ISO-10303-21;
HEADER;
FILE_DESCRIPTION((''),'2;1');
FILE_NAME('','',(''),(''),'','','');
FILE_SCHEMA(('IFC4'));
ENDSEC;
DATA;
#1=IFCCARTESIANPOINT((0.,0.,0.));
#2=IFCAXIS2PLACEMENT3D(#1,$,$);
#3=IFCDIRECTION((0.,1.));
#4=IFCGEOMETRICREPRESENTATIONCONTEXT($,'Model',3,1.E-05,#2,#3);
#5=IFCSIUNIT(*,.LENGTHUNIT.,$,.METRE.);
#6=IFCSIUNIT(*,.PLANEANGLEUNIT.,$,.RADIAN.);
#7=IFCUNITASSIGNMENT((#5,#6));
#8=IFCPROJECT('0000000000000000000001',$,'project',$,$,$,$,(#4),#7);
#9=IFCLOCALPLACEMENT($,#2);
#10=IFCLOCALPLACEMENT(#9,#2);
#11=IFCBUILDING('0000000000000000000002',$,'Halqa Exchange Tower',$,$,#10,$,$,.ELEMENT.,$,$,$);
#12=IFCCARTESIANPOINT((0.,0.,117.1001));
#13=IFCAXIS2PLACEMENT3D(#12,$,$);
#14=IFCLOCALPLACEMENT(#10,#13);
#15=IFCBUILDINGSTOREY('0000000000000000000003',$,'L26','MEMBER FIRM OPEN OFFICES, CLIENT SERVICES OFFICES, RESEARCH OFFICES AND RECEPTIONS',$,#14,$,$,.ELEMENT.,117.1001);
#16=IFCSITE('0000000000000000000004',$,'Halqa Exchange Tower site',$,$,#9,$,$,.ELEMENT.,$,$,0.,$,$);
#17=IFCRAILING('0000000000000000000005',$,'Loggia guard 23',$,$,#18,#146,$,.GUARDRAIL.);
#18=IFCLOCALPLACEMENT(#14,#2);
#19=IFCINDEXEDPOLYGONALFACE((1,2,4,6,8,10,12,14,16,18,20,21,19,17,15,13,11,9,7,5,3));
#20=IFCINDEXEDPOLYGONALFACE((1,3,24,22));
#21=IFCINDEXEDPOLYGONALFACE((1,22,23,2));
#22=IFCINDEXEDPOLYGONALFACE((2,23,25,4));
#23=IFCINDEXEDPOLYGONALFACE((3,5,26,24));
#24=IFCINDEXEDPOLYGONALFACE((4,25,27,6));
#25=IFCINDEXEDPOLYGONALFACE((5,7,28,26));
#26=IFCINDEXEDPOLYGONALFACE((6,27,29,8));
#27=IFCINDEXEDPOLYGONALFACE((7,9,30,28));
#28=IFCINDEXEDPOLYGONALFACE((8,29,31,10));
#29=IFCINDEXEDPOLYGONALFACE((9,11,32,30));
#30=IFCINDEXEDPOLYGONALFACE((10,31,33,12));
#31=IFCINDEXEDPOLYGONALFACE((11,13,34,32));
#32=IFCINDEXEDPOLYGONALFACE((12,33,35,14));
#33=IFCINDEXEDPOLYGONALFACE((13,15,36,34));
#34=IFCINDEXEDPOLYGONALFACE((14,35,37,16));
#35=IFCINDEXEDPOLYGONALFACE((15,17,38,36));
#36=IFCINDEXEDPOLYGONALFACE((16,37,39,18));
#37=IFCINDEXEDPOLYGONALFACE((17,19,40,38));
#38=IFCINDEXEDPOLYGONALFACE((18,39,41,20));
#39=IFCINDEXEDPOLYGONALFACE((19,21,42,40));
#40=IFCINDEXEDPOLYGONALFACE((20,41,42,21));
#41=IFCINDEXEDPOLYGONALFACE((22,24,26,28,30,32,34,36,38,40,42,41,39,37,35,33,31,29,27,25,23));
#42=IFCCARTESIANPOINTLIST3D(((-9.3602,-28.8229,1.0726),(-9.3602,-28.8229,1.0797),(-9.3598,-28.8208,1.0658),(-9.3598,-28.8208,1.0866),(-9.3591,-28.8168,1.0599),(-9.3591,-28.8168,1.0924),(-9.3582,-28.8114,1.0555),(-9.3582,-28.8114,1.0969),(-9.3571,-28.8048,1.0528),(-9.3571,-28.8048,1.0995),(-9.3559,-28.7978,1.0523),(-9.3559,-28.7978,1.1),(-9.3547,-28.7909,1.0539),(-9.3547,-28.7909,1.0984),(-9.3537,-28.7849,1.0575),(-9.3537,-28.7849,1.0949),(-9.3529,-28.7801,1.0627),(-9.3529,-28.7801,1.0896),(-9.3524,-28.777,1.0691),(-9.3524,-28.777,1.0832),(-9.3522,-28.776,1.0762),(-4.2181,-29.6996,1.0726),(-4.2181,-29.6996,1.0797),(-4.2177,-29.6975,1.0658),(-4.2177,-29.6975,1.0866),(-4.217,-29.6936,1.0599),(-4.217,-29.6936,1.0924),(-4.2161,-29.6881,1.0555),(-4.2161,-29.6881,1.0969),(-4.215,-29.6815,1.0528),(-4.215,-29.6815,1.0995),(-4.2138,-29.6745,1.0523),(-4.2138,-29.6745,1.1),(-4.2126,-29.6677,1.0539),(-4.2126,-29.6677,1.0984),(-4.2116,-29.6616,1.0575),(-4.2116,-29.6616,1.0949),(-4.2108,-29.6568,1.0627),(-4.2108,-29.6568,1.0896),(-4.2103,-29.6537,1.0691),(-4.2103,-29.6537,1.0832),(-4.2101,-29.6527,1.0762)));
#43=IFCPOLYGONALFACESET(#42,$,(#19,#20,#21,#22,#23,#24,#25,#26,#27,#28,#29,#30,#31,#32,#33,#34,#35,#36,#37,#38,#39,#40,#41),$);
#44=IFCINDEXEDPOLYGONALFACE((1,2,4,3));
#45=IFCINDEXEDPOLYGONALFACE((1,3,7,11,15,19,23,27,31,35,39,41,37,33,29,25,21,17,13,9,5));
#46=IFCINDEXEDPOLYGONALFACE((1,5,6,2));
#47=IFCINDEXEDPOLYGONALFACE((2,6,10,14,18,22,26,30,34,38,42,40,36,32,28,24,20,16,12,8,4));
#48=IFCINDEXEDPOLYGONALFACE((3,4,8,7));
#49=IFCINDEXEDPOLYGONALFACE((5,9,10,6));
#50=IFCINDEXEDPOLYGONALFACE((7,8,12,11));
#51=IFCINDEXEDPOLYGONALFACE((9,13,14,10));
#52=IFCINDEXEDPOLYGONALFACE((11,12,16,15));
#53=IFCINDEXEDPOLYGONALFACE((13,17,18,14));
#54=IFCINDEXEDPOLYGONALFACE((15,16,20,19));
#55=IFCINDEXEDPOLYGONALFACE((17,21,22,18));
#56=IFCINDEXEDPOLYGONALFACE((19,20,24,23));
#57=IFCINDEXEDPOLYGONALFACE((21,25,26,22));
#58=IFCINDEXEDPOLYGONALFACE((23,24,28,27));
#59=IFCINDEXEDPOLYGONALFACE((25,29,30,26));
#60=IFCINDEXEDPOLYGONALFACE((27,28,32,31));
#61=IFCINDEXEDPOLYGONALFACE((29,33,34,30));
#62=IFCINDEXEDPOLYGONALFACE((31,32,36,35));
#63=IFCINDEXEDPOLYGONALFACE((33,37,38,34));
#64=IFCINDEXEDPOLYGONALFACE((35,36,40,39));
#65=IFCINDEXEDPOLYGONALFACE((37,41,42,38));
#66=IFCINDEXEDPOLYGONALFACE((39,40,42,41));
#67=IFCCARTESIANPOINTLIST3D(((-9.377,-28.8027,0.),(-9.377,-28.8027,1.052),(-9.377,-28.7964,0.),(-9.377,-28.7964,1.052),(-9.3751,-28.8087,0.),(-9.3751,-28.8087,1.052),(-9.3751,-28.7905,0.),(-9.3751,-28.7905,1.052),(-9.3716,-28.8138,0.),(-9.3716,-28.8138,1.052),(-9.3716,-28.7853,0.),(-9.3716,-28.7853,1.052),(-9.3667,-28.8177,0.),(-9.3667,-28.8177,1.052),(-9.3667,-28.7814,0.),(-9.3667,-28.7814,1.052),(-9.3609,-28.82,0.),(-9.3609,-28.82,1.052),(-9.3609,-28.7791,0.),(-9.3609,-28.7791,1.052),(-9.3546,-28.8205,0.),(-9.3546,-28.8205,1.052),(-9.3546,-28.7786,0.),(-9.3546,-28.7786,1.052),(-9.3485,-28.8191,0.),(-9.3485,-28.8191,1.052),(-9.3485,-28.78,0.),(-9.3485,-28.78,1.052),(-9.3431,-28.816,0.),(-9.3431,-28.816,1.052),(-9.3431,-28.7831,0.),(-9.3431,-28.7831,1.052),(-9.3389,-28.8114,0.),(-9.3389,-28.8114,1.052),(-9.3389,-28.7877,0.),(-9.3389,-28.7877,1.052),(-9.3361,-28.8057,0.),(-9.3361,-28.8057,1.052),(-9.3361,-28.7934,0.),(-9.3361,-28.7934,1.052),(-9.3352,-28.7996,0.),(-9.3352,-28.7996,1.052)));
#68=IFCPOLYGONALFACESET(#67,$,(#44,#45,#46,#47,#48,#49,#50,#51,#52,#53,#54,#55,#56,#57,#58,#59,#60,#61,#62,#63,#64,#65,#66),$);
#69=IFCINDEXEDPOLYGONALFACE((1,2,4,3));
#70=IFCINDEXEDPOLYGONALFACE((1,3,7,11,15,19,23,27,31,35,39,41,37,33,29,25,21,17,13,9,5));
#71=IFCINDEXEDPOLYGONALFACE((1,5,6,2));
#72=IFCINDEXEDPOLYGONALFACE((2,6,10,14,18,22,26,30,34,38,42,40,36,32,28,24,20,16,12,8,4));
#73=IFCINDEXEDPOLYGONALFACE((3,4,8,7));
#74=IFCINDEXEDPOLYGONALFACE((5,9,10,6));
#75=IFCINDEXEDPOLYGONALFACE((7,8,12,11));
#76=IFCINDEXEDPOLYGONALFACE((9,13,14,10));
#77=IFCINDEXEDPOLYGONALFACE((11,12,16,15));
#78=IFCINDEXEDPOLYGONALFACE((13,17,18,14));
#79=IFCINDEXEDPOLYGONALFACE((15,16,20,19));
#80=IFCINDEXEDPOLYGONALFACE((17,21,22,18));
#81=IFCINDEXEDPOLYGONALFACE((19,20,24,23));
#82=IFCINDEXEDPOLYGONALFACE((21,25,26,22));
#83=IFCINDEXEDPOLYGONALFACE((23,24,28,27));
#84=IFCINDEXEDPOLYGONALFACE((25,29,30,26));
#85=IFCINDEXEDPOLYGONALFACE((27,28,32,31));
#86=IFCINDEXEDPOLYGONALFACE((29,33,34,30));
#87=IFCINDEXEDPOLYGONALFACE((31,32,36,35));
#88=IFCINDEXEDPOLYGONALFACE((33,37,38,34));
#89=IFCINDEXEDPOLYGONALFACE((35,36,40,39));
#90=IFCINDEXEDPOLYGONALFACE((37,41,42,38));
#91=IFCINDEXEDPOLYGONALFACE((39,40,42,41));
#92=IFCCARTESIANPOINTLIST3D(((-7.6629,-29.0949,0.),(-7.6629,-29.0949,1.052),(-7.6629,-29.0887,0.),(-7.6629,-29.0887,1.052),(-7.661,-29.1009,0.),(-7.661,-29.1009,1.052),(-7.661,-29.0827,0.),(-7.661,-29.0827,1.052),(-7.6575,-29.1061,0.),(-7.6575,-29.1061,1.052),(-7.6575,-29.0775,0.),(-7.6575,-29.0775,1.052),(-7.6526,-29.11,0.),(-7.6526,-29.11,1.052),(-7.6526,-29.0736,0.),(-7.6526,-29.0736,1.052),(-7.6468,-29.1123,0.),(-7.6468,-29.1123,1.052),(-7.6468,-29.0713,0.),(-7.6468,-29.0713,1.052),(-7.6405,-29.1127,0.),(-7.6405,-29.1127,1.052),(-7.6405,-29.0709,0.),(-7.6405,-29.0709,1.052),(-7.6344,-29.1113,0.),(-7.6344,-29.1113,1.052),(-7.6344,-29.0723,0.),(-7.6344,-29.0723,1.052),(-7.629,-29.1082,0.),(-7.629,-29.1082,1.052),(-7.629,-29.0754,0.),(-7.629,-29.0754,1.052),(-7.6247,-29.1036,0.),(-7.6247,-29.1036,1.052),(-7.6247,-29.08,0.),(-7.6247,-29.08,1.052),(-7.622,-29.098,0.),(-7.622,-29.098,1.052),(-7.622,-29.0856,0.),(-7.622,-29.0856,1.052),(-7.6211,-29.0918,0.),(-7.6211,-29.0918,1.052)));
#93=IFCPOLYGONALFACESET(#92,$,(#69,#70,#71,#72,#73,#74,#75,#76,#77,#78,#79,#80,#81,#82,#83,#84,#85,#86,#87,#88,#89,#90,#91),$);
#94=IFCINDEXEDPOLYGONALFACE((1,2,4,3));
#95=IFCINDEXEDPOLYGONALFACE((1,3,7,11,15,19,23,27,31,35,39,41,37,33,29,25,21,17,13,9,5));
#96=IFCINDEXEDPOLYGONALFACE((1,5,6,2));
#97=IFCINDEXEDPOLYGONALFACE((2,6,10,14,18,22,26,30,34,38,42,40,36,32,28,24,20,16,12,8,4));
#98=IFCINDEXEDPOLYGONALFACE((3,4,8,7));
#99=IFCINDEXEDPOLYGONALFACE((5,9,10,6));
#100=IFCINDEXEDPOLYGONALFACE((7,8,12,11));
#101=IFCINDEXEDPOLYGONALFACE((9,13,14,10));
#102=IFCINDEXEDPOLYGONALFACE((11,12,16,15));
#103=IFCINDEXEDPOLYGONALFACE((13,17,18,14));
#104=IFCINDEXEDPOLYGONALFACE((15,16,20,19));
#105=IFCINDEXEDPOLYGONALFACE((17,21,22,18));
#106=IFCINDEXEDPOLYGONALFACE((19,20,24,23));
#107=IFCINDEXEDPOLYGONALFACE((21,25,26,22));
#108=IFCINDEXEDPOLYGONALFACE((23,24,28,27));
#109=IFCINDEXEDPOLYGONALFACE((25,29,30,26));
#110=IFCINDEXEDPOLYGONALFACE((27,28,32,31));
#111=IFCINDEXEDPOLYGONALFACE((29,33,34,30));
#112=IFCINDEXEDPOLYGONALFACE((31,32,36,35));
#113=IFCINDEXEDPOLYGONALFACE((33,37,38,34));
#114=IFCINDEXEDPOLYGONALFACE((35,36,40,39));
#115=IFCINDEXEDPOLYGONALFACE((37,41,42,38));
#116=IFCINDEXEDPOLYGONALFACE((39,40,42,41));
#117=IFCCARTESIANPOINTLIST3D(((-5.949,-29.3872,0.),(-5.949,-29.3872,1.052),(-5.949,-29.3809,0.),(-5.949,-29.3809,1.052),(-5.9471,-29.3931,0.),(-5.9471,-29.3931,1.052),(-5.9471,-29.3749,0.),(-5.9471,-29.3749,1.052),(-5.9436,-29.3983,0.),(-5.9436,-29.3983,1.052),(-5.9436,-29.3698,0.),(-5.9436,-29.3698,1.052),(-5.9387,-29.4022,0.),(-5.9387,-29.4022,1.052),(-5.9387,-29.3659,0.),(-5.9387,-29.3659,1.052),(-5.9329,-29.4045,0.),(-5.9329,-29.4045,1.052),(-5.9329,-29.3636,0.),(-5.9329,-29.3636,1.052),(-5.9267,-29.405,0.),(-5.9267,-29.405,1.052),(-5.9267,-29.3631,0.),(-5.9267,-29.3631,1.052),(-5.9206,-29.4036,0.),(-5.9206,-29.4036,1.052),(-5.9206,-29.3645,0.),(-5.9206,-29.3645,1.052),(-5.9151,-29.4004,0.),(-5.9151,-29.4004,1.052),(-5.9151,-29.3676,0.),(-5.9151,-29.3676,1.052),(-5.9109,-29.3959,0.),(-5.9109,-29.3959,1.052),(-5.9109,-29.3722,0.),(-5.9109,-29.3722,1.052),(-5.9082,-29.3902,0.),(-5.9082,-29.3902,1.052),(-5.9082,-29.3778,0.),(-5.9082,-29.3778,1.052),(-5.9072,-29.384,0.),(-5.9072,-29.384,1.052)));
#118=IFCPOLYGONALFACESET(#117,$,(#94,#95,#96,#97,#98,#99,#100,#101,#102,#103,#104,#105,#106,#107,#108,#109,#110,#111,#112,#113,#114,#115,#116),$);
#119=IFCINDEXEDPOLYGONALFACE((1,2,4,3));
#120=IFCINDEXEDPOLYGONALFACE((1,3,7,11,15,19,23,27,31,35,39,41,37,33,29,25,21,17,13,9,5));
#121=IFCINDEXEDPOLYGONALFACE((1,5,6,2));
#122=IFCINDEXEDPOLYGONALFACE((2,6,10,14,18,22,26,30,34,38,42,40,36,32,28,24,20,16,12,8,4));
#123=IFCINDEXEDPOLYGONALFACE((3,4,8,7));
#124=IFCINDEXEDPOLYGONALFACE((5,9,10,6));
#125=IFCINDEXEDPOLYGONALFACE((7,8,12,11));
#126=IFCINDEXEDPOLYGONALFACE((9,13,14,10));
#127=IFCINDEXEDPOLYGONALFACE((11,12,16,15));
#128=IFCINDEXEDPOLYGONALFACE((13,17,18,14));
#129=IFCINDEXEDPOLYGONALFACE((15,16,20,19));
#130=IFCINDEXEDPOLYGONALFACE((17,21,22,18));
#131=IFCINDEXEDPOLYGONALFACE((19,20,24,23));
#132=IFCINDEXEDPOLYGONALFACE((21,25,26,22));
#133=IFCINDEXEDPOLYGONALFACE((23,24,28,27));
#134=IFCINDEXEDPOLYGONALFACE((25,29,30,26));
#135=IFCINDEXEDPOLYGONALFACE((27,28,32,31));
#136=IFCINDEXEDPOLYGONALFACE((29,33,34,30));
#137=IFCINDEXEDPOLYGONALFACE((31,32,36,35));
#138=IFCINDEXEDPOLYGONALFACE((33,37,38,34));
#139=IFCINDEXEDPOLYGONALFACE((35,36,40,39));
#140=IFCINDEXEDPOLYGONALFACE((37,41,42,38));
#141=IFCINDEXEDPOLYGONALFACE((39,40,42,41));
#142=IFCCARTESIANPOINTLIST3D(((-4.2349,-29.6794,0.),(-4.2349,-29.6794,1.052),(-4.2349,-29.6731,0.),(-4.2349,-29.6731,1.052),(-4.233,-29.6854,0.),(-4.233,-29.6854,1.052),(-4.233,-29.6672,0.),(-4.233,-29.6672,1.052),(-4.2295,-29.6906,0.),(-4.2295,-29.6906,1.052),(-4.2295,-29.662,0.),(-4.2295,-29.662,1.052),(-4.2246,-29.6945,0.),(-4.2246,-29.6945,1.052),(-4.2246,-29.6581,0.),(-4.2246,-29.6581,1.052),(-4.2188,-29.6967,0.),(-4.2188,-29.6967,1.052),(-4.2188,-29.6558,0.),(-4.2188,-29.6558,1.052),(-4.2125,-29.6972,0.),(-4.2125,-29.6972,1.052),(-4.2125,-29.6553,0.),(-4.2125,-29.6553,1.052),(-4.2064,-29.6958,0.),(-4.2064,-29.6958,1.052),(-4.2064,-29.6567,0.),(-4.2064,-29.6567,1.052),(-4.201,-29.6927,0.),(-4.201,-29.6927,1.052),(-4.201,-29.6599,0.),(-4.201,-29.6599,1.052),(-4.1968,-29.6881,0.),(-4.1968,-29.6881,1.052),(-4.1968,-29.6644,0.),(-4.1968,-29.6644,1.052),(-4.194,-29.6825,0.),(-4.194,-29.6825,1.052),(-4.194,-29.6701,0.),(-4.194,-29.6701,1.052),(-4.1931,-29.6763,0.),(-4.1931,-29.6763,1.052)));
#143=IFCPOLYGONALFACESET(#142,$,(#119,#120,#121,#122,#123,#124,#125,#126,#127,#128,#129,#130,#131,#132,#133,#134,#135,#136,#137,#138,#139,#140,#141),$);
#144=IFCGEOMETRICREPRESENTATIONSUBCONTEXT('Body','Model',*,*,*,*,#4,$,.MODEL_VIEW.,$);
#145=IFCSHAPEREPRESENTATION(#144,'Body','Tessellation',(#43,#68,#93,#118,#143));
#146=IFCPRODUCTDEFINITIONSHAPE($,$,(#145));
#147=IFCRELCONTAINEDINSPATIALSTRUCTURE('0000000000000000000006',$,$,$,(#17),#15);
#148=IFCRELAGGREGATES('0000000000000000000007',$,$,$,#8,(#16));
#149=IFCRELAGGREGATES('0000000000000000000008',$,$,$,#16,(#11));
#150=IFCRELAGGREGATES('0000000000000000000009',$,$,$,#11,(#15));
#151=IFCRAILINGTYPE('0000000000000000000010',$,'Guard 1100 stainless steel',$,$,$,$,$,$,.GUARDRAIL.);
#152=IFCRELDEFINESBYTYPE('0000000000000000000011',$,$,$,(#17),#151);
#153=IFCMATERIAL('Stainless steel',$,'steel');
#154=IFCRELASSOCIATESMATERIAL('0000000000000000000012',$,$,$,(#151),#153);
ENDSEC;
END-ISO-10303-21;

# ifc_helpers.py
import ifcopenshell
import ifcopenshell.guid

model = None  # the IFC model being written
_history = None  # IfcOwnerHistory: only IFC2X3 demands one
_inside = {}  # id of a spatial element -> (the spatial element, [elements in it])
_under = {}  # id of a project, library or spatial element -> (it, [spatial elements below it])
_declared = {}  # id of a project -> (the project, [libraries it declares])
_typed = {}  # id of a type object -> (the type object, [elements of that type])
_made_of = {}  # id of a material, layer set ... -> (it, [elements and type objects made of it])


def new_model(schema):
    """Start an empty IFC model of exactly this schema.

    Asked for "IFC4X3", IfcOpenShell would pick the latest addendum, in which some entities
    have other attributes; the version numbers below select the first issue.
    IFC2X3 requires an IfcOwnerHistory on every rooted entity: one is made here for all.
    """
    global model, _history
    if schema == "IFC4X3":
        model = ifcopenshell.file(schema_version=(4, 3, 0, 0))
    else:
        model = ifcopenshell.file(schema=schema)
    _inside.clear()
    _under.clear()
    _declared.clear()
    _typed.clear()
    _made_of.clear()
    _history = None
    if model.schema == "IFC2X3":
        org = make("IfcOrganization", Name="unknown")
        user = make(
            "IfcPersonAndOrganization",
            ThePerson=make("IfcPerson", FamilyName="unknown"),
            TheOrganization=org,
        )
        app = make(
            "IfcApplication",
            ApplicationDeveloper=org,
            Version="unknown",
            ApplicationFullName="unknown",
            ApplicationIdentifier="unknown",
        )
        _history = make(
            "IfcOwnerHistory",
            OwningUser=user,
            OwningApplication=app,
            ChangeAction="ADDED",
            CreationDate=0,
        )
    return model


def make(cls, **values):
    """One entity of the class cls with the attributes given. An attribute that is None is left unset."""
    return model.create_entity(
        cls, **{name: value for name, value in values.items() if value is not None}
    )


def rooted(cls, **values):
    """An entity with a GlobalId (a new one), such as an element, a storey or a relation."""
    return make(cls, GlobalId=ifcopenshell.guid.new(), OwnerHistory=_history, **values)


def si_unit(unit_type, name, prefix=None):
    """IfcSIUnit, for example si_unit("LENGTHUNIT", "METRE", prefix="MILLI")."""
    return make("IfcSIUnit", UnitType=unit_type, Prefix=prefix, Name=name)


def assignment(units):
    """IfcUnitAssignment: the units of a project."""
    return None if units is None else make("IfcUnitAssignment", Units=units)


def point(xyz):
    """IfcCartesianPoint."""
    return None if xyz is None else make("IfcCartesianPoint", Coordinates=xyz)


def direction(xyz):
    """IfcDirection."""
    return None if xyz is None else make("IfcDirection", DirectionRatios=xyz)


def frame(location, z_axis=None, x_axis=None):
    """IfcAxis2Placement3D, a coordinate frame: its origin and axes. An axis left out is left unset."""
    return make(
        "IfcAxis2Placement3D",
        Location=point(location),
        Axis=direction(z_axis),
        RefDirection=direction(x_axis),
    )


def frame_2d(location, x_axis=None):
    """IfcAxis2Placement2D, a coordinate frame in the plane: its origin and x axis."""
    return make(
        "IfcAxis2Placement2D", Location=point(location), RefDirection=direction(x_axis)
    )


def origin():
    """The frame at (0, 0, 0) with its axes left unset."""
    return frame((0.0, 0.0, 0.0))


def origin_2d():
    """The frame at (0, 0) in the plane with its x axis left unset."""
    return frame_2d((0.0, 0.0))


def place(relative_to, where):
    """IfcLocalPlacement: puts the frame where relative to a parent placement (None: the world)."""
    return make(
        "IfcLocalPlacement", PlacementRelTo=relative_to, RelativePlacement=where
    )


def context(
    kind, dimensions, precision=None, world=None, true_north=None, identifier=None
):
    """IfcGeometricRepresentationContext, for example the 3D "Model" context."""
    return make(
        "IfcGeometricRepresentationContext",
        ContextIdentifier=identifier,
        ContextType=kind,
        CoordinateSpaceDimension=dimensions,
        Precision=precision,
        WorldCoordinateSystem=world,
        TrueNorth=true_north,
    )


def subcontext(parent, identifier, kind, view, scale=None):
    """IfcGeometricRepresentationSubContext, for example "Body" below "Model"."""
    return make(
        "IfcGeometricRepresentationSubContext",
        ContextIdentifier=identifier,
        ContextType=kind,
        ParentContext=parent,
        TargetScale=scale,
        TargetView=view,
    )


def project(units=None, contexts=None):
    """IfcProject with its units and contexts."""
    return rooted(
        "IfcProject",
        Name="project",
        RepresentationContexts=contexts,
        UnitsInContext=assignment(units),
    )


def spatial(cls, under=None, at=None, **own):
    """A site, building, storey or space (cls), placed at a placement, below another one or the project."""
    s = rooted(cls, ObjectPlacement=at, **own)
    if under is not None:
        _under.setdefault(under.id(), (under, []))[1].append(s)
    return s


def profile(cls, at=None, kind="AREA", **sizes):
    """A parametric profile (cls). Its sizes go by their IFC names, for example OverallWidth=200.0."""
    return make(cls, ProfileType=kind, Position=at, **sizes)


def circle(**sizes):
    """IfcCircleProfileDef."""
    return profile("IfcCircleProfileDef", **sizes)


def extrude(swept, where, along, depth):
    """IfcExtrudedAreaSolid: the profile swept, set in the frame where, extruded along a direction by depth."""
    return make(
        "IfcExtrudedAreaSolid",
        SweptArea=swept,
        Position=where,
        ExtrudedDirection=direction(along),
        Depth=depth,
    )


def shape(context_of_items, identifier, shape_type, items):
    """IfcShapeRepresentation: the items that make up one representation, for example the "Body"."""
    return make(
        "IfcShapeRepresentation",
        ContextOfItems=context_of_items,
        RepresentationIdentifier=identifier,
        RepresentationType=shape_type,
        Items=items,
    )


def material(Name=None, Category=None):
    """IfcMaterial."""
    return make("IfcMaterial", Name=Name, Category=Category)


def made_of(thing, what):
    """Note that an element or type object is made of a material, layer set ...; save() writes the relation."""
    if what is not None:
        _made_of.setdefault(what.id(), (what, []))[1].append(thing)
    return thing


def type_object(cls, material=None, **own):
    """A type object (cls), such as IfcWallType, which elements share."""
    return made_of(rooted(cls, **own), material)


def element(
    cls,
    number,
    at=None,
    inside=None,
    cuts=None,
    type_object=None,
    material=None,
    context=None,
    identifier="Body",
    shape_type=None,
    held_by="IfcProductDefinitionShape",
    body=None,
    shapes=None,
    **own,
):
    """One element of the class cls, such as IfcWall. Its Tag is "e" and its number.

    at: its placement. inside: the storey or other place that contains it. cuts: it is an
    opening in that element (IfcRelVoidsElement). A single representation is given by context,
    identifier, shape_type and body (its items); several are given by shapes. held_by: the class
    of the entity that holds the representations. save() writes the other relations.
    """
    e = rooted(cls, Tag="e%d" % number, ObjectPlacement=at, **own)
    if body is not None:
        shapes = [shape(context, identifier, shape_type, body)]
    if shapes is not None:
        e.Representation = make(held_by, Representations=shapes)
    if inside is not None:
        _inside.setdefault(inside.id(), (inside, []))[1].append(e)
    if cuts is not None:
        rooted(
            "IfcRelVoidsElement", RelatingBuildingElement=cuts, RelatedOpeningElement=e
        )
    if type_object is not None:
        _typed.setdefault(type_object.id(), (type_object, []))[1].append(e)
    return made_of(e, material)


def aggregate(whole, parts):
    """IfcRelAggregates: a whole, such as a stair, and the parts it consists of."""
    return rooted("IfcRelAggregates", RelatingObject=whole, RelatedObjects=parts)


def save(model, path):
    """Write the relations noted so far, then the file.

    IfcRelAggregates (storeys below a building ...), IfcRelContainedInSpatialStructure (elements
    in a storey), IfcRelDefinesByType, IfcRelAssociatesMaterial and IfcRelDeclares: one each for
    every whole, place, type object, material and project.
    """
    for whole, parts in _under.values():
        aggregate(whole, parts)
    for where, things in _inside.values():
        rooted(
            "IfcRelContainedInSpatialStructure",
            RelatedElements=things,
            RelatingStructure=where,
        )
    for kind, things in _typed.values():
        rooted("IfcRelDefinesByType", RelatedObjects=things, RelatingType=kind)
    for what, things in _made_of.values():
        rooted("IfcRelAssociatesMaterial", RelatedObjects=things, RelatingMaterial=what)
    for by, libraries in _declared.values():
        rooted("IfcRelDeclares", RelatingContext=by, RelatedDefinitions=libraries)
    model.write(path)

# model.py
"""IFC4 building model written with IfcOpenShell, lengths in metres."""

from ifc_helpers import new_model, si_unit, direction, frame, origin, origin_2d, place, context, subcontext, project, spatial, circle, extrude, material, type_object, element, save


model = new_model("IFC4")

# Units and contexts
model_context = context("Model", 3, precision=1e-05, world=origin(), true_north=direction((0.0, 1.0)))
body_context = subcontext(model_context, "Body", "Model", "MODEL_VIEW")
ifc_project = project(units=[si_unit("LENGTHUNIT", "METRE"), si_unit("PLANEANGLEUNIT", "RADIAN")], contexts=[model_context])

# Site, building, storey
site_placement = place(None, origin())
site = spatial("IfcSite", under=ifc_project, at=site_placement, Name="Halqa Exchange Tower site", CompositionType="ELEMENT", RefElevation=0.0)
building_placement = place(site_placement, origin())
building = spatial("IfcBuilding", under=site, at=building_placement, Name="Halqa Exchange Tower", CompositionType="ELEMENT")
storey_placement = place(building_placement, frame((0.0, 0.0, 117.1001)))
storey = spatial("IfcBuildingStorey", under=building, at=storey_placement, Name="L26", Description="MEMBER FIRM OPEN OFFICES, CLIENT SERVICES OFFICES, RESEARCH OFFICES AND RECEPTIONS", CompositionType="ELEMENT", Elevation=117.1001)

# Railing
ifc_material_1 = material(Name="Stainless steel", Category="steel")
railing_type = type_object("IfcRailingType", Name="Guard 1100 stainless steel", PredefinedType="GUARDRAIL", material=ifc_material_1)
railing_1_placement = place(storey_placement, frame((-9.3562, -28.7996, 0.0)))
element("IfcRailing", 1, at=railing_1_placement, inside=storey, type_object=railing_type, Name="Loggia guard 23", PredefinedType="GUARDRAIL", context=body_context, shape_type="SweptSolid", body=[
    extrude(circle(Radius=0.0239, at=origin_2d()), frame((0.0, 0.0, 1.0762), z_axis=(0.985775, -0.168071, 0.0), x_axis=(0.168071, 0.985775, 0.0)), (0.0, 0.0, 1.0), 5.2163),
    extrude(circle(Radius=0.021, at=origin_2d()), origin(), (0.0, 0.0, 1.0), 1.052),
    extrude(circle(Radius=0.021, at=origin_2d()), frame((1.7141, -0.2922, 0.0)), (0.0, 0.0, 1.0), 1.052),
    extrude(circle(Radius=0.021, at=origin_2d()), frame((3.428, -0.5845, 0.0)), (0.0, 0.0, 1.0), 1.052),
    extrude(circle(Radius=0.021, at=origin_2d()), frame((5.1421, -0.8767, 0.0)), (0.0, 0.0, 1.0), 1.052),
])

save(model, "model.ifc")
